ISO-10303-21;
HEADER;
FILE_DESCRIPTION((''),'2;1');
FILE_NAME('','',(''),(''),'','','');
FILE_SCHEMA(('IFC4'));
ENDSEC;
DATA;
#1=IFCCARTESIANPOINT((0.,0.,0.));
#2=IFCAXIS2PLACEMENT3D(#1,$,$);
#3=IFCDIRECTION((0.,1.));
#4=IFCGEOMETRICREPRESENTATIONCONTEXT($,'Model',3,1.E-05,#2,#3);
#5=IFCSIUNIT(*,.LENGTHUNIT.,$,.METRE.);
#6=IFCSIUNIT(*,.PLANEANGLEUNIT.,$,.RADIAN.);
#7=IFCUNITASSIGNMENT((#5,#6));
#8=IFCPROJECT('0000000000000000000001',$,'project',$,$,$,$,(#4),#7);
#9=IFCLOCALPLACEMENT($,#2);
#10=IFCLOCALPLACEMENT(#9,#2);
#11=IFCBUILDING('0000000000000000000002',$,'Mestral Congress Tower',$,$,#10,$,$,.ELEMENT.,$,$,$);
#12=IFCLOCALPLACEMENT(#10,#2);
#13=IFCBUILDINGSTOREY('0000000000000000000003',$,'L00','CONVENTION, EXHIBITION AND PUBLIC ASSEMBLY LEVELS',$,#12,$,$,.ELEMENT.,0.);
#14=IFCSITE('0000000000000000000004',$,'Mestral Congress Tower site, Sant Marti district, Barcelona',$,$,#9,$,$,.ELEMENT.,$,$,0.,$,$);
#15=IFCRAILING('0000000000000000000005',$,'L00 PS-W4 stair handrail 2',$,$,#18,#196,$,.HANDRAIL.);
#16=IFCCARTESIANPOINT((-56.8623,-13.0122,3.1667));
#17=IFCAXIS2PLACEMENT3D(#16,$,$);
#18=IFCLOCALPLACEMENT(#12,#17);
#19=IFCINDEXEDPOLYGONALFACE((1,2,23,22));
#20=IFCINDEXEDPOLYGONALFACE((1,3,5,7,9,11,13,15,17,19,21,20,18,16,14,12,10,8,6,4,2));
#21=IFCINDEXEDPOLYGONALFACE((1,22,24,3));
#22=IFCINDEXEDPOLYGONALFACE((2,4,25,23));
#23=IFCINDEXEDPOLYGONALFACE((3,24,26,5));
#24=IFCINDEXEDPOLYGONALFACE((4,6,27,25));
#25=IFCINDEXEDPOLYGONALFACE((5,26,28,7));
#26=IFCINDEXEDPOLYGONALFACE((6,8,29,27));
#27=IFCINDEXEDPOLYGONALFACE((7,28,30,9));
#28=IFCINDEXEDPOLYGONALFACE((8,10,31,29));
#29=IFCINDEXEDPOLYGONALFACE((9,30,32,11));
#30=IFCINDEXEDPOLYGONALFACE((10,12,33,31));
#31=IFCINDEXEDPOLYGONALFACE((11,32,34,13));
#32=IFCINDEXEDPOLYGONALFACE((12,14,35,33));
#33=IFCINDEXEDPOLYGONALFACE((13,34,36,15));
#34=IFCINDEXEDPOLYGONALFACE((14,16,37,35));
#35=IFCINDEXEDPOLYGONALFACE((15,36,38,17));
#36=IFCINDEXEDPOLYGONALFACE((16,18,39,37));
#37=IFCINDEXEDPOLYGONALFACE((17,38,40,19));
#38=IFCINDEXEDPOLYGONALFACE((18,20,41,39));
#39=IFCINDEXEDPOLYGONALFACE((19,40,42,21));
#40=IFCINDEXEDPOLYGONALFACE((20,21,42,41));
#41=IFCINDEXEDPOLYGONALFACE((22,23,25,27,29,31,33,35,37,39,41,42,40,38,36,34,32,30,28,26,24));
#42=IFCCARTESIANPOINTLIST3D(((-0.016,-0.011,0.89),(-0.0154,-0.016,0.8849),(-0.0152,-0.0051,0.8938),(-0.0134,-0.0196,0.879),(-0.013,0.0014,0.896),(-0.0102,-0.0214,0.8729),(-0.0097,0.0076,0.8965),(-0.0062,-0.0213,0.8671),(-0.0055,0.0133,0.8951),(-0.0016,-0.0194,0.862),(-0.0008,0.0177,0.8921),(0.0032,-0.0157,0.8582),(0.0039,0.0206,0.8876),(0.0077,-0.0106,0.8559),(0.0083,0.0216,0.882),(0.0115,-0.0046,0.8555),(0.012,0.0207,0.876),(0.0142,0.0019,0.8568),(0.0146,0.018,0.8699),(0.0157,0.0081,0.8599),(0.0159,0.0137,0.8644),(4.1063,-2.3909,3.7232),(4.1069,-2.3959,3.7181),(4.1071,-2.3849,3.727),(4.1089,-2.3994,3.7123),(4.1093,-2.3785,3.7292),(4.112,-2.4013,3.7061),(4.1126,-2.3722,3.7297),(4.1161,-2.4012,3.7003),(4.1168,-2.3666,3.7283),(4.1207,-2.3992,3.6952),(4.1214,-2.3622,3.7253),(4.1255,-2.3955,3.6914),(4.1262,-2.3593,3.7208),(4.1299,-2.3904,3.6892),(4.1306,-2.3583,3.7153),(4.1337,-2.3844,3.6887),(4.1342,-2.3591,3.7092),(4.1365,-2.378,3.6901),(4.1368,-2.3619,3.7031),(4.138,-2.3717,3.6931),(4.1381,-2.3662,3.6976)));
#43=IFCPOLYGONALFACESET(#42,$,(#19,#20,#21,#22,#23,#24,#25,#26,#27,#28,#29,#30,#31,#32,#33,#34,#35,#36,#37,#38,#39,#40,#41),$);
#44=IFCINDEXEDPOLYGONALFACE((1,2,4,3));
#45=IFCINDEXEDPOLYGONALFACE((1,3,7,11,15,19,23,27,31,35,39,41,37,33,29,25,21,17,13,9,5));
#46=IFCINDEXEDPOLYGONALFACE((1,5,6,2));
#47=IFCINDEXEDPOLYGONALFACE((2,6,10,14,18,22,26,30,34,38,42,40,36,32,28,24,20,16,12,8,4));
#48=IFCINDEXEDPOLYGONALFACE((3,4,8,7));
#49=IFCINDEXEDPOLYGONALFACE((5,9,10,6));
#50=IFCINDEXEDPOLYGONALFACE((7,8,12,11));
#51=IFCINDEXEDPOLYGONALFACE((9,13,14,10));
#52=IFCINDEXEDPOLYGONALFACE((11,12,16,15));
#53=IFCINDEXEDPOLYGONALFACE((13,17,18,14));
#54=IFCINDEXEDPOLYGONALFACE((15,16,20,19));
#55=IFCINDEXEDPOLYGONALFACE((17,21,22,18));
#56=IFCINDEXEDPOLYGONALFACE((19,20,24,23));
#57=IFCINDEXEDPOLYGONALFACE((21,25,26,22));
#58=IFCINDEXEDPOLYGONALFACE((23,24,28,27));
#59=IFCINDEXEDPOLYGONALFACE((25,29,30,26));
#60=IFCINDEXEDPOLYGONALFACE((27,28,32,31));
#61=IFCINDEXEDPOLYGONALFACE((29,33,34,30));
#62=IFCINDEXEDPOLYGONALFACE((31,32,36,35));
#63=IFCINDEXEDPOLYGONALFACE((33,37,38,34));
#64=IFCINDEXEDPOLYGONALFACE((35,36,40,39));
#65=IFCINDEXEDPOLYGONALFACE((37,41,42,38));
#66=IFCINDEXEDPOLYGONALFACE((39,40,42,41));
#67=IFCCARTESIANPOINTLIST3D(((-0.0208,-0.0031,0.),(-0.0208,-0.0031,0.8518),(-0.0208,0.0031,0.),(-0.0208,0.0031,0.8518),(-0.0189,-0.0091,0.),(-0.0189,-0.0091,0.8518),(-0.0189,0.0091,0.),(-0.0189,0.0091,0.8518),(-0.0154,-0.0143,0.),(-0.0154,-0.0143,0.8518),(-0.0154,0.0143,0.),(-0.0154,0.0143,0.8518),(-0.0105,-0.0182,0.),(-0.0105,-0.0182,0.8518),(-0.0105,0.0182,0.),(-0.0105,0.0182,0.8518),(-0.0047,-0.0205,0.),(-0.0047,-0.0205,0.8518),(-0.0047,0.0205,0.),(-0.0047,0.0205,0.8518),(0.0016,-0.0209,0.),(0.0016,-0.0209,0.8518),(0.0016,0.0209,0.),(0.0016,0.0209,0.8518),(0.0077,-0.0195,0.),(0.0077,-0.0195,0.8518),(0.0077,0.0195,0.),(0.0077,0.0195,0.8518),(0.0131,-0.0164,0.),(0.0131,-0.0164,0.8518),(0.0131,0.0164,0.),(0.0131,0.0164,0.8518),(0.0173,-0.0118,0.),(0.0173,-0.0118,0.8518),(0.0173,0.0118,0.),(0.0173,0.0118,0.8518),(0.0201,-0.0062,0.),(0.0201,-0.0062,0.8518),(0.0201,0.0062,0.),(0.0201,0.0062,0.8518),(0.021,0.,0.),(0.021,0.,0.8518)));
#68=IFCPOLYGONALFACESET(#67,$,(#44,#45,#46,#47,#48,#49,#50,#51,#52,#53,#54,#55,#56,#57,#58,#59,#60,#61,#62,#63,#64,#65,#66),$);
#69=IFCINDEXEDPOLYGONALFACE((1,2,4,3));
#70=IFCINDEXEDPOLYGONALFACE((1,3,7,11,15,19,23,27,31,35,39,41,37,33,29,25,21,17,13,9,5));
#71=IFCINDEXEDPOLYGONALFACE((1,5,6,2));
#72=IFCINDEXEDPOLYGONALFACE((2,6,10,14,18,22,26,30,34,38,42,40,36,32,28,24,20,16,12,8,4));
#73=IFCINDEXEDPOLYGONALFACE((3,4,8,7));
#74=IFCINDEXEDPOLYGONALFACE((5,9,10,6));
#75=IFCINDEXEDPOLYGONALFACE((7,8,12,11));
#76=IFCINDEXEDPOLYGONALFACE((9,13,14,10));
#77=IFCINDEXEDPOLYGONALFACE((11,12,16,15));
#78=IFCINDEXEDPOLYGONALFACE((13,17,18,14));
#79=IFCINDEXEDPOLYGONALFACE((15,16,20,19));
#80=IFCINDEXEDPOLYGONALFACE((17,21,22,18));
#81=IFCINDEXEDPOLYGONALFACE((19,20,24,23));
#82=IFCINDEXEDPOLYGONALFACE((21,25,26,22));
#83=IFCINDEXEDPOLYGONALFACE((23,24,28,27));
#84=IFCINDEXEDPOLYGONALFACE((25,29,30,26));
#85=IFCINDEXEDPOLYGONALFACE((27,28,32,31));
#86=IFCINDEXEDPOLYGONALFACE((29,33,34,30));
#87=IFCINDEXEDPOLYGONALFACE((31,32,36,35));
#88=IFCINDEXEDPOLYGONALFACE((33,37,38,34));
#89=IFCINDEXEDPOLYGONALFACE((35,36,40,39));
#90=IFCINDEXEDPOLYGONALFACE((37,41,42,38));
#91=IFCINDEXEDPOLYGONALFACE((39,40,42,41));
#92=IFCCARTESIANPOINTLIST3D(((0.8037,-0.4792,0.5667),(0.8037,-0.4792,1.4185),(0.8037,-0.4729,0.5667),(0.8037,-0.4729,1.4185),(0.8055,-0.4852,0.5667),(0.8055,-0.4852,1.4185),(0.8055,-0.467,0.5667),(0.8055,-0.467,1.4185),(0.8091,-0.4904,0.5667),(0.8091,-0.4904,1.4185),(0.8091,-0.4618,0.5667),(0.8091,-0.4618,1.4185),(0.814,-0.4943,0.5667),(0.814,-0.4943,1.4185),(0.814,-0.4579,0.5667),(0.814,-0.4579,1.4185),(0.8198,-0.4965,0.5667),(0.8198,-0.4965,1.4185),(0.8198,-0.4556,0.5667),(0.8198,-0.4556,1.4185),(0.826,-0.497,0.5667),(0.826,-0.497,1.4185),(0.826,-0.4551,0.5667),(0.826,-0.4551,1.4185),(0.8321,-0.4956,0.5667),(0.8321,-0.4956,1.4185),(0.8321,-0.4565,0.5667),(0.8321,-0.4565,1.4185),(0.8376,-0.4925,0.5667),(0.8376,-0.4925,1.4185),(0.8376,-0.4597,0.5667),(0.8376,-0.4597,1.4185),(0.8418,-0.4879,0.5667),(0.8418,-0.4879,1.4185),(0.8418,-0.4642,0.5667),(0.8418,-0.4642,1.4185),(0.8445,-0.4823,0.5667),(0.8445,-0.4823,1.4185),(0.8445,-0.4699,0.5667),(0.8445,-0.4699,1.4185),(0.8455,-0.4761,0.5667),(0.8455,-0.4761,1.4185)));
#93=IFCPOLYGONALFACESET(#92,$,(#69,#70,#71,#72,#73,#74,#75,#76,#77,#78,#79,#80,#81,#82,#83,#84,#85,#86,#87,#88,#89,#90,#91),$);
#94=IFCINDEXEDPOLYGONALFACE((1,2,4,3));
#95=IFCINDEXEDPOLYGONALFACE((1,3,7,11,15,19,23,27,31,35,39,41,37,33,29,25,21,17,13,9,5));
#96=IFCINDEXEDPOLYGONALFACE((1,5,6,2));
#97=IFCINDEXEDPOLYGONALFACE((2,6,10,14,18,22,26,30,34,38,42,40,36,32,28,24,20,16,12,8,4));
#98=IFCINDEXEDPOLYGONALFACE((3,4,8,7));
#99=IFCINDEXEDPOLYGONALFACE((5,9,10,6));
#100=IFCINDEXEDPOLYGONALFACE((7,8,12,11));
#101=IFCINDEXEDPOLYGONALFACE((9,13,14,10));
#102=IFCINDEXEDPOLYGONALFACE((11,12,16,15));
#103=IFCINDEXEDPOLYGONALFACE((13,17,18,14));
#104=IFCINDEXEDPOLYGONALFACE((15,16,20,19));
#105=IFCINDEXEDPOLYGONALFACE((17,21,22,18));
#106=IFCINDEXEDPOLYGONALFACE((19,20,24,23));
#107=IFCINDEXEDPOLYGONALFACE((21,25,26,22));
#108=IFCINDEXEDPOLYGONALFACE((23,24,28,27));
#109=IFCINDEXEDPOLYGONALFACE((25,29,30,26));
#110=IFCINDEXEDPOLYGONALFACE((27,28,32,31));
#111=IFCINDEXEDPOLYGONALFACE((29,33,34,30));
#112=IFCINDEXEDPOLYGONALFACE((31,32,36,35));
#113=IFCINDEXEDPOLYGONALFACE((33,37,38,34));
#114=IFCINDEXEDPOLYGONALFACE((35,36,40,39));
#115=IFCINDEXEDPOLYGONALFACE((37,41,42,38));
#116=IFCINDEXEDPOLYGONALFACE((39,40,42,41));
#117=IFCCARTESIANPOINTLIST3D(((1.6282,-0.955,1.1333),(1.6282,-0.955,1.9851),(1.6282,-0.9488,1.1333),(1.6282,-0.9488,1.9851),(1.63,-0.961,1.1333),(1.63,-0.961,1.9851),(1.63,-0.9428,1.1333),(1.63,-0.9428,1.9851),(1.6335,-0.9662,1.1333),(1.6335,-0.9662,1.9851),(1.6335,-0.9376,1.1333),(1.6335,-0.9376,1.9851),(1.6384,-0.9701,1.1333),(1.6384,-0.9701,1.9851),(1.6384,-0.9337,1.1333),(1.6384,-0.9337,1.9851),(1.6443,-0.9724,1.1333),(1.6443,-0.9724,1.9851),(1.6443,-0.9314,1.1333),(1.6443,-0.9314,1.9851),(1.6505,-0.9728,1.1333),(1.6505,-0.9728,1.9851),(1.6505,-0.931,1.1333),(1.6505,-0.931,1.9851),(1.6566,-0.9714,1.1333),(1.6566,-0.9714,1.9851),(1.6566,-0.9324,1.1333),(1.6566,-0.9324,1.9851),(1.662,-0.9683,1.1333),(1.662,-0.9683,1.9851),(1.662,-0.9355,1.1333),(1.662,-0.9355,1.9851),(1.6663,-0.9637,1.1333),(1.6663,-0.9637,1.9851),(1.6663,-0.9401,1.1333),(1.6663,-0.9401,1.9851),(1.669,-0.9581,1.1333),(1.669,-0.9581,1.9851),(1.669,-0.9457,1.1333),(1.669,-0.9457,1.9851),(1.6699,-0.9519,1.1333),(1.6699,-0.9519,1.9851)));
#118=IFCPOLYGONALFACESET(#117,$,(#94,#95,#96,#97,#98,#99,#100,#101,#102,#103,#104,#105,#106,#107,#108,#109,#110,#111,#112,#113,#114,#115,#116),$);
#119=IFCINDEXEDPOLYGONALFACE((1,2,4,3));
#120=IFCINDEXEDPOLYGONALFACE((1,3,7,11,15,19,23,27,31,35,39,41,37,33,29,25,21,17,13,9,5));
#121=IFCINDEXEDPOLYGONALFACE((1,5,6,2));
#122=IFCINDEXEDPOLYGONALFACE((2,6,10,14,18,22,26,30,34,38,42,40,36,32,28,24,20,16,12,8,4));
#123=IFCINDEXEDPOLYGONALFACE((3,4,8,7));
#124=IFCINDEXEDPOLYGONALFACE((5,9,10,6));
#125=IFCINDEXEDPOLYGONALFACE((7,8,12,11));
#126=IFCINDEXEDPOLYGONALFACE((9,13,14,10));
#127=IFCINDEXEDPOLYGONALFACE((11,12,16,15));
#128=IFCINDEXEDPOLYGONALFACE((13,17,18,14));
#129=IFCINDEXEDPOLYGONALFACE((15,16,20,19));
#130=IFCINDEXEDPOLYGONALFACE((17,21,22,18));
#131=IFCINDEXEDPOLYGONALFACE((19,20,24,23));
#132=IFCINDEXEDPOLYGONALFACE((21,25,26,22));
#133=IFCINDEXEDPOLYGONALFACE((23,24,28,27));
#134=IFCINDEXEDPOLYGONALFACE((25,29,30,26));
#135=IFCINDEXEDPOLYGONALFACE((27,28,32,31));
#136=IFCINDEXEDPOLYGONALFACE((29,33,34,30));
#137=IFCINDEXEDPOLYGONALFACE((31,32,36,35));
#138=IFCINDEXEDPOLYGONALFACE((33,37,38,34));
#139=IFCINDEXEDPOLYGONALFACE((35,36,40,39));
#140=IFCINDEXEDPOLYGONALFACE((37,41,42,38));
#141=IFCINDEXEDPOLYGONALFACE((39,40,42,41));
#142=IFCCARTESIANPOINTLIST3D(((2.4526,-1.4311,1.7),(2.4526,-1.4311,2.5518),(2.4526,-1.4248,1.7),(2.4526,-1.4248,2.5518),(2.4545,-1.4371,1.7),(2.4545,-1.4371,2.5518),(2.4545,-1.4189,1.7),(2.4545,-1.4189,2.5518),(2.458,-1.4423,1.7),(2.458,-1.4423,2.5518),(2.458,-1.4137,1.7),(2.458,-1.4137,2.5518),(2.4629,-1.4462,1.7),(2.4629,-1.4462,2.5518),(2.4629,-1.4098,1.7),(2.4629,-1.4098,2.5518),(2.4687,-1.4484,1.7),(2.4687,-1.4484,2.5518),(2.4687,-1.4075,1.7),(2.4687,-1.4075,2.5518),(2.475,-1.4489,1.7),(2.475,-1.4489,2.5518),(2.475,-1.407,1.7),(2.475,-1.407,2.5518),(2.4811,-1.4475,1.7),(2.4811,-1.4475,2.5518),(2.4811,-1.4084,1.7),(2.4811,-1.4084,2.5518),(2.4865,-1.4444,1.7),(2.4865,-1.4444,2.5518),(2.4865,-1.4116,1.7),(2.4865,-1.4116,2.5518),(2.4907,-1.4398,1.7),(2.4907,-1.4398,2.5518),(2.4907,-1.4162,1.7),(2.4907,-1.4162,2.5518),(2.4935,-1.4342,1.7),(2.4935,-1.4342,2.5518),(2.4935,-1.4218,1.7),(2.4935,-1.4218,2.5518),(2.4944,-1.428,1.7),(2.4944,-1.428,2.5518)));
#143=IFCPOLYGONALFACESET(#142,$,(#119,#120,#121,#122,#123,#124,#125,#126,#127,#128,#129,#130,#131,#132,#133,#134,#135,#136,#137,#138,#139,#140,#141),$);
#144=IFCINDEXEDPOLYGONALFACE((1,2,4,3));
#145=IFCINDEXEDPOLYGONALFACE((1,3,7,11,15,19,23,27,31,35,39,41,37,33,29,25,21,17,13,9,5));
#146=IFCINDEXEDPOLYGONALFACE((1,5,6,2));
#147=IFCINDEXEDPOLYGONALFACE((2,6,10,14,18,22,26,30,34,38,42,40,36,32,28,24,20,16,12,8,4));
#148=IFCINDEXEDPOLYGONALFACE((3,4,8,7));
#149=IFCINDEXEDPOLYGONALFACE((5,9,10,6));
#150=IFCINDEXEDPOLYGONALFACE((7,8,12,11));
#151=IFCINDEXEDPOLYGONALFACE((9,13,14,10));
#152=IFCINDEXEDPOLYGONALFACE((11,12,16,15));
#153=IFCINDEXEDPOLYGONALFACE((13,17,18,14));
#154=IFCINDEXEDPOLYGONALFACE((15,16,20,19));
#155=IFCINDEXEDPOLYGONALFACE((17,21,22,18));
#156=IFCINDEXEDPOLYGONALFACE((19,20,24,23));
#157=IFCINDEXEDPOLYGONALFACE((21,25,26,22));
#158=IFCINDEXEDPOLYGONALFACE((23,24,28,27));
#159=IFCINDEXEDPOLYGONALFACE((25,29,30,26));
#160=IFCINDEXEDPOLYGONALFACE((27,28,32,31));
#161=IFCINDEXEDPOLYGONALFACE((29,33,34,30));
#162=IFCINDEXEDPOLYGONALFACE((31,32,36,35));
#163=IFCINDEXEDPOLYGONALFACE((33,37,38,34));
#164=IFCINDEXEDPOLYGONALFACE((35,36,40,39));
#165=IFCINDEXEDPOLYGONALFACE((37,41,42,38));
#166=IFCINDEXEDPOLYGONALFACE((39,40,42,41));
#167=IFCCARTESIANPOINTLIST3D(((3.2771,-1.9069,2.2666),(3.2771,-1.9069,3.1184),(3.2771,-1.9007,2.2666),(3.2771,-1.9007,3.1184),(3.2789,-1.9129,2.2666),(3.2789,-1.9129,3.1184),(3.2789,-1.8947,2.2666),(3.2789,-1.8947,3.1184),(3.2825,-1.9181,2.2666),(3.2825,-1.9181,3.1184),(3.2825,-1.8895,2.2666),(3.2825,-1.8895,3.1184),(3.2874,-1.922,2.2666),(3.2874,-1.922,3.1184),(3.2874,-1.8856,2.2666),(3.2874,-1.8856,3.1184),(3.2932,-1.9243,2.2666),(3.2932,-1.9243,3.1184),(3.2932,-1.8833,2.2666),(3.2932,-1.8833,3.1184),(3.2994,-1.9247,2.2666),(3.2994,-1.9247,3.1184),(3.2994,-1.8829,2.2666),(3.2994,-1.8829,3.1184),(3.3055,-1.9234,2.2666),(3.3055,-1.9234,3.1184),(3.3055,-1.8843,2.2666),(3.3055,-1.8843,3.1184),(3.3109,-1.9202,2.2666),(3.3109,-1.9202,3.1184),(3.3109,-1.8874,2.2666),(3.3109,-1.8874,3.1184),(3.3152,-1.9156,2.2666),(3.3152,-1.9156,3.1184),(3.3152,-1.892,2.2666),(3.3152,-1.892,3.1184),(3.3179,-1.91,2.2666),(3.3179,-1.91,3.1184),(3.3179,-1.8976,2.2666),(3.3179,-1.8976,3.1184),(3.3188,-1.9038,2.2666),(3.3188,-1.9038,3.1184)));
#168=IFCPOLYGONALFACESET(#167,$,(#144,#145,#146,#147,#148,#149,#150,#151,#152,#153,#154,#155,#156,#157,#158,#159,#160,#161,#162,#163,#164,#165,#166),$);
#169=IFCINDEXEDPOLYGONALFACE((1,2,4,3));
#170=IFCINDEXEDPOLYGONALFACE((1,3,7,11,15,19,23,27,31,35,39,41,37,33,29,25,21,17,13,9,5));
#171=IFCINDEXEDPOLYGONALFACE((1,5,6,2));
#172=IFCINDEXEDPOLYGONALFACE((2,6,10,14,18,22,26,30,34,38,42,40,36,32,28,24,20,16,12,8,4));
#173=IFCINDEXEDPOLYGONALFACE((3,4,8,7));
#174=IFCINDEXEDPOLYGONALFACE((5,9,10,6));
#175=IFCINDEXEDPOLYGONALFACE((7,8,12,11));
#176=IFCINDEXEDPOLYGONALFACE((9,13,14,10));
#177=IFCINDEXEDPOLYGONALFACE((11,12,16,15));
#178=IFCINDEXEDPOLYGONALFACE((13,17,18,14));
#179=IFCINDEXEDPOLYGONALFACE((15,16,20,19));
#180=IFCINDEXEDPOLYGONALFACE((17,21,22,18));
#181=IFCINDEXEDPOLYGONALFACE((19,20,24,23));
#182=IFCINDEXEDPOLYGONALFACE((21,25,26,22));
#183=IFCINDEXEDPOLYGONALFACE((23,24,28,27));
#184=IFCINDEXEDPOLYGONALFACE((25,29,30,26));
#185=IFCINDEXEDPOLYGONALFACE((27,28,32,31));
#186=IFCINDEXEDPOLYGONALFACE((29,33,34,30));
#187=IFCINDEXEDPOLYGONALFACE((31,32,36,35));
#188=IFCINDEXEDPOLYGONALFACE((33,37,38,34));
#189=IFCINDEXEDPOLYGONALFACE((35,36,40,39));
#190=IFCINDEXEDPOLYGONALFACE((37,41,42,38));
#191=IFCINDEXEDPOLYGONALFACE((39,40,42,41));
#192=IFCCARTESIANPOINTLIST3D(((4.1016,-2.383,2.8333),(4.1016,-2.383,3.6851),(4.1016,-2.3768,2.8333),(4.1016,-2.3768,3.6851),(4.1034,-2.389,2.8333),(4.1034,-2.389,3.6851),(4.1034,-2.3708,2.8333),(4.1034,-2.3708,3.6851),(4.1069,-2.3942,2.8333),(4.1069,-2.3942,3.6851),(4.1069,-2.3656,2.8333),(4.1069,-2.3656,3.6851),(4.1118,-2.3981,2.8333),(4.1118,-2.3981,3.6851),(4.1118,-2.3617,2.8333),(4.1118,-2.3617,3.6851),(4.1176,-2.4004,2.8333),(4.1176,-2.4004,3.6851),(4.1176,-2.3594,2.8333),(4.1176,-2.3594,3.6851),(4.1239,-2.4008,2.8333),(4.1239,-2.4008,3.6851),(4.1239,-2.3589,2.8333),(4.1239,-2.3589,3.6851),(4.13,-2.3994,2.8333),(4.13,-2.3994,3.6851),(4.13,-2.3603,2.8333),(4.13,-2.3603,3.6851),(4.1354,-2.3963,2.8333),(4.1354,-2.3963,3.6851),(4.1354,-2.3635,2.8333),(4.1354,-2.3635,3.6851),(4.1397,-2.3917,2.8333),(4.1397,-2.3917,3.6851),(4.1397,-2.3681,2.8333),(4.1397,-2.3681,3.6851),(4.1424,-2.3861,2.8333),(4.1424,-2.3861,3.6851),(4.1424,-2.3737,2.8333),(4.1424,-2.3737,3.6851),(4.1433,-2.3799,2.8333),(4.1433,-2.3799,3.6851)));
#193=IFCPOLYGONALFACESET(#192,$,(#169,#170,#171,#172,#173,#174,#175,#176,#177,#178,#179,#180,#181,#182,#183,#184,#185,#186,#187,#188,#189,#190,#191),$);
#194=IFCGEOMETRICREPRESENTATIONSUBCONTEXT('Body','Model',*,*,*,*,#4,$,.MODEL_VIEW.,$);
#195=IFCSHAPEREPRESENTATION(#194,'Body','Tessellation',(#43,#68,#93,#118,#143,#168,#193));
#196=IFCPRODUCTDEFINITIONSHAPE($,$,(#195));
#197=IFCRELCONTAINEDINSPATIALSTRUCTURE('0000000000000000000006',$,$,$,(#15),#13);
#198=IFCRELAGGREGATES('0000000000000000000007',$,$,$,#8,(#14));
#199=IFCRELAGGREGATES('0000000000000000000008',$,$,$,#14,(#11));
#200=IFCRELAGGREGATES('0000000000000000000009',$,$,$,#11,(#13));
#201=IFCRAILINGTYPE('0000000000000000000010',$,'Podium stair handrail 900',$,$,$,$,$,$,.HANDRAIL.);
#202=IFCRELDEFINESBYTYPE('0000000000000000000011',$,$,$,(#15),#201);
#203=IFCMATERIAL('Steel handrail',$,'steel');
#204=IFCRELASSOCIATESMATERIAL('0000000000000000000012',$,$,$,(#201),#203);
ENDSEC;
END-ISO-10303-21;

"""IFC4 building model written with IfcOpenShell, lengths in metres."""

from ifc_helpers import new_model, si_unit, direction, frame, origin, origin_2d, place, context, subcontext, project, spatial, circle, extrude, material, type_object, element, save


model = new_model("IFC4")

# Units and contexts
model_context = context("Model", 3, precision=1e-05, world=origin(), true_north=direction((0.0, 1.0)))
body_context = subcontext(model_context, "Body", "Model", "MODEL_VIEW")
ifc_project = project(units=[si_unit("LENGTHUNIT", "METRE"), si_unit("PLANEANGLEUNIT", "RADIAN")], contexts=[model_context])

# Site, building, storey
site_placement = place(None, origin())
site = spatial("IfcSite", under=ifc_project, at=site_placement, Name="Mestral Congress Tower site, Sant Marti district, Barcelona", CompositionType="ELEMENT", RefElevation=0.0)
building_placement = place(site_placement, origin())
building = spatial("IfcBuilding", under=site, at=building_placement, Name="Mestral Congress Tower", CompositionType="ELEMENT")
storey_placement = place(building_placement, origin())
storey = spatial("IfcBuildingStorey", under=building, at=storey_placement, Name="L00", Description="CONVENTION, EXHIBITION AND PUBLIC ASSEMBLY LEVELS", CompositionType="ELEMENT", Elevation=0.0)

# Railing
ifc_material_1 = material(Name="Steel handrail", Category="steel")
railing_type_1 = type_object("IfcRailingType", Name="Podium stair handrail 900", PredefinedType="HANDRAIL", material=ifc_material_1)
railing_1_placement = place(storey_placement, frame((-56.8623, -13.0122, 3.1667)))
element("IfcRailing", 1, at=railing_1_placement, inside=storey, type_object=railing_type_1, Name="L00 PS-W4 stair handrail 2", PredefinedType="HANDRAIL", context=body_context, shape_type="SweptSolid", body=[
    extrude(circle(Radius=0.0239, at=origin_2d()), frame((0.0, 0.0, 0.876), z_axis=(0.744185, -0.42963, 0.511475), x_axis=(0.499978, 0.866038, 0.0)), (0.0, 0.0, 1.0), 5.5393),
    extrude(circle(Radius=0.021, at=origin_2d()), origin(), (0.0, 0.0, 1.0), 0.8518),
    extrude(circle(Radius=0.021, at=origin_2d()), frame((0.8245, -0.4761, 0.5667)), (0.0, 0.0, 1.0), 0.8518),
    extrude(circle(Radius=0.021, at=origin_2d()), frame((1.6489, -0.9519, 1.1333)), (0.0, 0.0, 1.0), 0.8518),
    extrude(circle(Radius=0.021, at=origin_2d()), frame((2.4734, -1.428, 1.7)), (0.0, 0.0, 1.0), 0.8518),
    extrude(circle(Radius=0.021, at=origin_2d()), frame((3.2979, -1.9038, 2.2666)), (0.0, 0.0, 1.0), 0.8518),
    extrude(circle(Radius=0.021, at=origin_2d()), frame((4.1223, -2.3799, 2.8333)), (0.0, 0.0, 1.0), 0.8518),
])

save(model, "model.ifc")
